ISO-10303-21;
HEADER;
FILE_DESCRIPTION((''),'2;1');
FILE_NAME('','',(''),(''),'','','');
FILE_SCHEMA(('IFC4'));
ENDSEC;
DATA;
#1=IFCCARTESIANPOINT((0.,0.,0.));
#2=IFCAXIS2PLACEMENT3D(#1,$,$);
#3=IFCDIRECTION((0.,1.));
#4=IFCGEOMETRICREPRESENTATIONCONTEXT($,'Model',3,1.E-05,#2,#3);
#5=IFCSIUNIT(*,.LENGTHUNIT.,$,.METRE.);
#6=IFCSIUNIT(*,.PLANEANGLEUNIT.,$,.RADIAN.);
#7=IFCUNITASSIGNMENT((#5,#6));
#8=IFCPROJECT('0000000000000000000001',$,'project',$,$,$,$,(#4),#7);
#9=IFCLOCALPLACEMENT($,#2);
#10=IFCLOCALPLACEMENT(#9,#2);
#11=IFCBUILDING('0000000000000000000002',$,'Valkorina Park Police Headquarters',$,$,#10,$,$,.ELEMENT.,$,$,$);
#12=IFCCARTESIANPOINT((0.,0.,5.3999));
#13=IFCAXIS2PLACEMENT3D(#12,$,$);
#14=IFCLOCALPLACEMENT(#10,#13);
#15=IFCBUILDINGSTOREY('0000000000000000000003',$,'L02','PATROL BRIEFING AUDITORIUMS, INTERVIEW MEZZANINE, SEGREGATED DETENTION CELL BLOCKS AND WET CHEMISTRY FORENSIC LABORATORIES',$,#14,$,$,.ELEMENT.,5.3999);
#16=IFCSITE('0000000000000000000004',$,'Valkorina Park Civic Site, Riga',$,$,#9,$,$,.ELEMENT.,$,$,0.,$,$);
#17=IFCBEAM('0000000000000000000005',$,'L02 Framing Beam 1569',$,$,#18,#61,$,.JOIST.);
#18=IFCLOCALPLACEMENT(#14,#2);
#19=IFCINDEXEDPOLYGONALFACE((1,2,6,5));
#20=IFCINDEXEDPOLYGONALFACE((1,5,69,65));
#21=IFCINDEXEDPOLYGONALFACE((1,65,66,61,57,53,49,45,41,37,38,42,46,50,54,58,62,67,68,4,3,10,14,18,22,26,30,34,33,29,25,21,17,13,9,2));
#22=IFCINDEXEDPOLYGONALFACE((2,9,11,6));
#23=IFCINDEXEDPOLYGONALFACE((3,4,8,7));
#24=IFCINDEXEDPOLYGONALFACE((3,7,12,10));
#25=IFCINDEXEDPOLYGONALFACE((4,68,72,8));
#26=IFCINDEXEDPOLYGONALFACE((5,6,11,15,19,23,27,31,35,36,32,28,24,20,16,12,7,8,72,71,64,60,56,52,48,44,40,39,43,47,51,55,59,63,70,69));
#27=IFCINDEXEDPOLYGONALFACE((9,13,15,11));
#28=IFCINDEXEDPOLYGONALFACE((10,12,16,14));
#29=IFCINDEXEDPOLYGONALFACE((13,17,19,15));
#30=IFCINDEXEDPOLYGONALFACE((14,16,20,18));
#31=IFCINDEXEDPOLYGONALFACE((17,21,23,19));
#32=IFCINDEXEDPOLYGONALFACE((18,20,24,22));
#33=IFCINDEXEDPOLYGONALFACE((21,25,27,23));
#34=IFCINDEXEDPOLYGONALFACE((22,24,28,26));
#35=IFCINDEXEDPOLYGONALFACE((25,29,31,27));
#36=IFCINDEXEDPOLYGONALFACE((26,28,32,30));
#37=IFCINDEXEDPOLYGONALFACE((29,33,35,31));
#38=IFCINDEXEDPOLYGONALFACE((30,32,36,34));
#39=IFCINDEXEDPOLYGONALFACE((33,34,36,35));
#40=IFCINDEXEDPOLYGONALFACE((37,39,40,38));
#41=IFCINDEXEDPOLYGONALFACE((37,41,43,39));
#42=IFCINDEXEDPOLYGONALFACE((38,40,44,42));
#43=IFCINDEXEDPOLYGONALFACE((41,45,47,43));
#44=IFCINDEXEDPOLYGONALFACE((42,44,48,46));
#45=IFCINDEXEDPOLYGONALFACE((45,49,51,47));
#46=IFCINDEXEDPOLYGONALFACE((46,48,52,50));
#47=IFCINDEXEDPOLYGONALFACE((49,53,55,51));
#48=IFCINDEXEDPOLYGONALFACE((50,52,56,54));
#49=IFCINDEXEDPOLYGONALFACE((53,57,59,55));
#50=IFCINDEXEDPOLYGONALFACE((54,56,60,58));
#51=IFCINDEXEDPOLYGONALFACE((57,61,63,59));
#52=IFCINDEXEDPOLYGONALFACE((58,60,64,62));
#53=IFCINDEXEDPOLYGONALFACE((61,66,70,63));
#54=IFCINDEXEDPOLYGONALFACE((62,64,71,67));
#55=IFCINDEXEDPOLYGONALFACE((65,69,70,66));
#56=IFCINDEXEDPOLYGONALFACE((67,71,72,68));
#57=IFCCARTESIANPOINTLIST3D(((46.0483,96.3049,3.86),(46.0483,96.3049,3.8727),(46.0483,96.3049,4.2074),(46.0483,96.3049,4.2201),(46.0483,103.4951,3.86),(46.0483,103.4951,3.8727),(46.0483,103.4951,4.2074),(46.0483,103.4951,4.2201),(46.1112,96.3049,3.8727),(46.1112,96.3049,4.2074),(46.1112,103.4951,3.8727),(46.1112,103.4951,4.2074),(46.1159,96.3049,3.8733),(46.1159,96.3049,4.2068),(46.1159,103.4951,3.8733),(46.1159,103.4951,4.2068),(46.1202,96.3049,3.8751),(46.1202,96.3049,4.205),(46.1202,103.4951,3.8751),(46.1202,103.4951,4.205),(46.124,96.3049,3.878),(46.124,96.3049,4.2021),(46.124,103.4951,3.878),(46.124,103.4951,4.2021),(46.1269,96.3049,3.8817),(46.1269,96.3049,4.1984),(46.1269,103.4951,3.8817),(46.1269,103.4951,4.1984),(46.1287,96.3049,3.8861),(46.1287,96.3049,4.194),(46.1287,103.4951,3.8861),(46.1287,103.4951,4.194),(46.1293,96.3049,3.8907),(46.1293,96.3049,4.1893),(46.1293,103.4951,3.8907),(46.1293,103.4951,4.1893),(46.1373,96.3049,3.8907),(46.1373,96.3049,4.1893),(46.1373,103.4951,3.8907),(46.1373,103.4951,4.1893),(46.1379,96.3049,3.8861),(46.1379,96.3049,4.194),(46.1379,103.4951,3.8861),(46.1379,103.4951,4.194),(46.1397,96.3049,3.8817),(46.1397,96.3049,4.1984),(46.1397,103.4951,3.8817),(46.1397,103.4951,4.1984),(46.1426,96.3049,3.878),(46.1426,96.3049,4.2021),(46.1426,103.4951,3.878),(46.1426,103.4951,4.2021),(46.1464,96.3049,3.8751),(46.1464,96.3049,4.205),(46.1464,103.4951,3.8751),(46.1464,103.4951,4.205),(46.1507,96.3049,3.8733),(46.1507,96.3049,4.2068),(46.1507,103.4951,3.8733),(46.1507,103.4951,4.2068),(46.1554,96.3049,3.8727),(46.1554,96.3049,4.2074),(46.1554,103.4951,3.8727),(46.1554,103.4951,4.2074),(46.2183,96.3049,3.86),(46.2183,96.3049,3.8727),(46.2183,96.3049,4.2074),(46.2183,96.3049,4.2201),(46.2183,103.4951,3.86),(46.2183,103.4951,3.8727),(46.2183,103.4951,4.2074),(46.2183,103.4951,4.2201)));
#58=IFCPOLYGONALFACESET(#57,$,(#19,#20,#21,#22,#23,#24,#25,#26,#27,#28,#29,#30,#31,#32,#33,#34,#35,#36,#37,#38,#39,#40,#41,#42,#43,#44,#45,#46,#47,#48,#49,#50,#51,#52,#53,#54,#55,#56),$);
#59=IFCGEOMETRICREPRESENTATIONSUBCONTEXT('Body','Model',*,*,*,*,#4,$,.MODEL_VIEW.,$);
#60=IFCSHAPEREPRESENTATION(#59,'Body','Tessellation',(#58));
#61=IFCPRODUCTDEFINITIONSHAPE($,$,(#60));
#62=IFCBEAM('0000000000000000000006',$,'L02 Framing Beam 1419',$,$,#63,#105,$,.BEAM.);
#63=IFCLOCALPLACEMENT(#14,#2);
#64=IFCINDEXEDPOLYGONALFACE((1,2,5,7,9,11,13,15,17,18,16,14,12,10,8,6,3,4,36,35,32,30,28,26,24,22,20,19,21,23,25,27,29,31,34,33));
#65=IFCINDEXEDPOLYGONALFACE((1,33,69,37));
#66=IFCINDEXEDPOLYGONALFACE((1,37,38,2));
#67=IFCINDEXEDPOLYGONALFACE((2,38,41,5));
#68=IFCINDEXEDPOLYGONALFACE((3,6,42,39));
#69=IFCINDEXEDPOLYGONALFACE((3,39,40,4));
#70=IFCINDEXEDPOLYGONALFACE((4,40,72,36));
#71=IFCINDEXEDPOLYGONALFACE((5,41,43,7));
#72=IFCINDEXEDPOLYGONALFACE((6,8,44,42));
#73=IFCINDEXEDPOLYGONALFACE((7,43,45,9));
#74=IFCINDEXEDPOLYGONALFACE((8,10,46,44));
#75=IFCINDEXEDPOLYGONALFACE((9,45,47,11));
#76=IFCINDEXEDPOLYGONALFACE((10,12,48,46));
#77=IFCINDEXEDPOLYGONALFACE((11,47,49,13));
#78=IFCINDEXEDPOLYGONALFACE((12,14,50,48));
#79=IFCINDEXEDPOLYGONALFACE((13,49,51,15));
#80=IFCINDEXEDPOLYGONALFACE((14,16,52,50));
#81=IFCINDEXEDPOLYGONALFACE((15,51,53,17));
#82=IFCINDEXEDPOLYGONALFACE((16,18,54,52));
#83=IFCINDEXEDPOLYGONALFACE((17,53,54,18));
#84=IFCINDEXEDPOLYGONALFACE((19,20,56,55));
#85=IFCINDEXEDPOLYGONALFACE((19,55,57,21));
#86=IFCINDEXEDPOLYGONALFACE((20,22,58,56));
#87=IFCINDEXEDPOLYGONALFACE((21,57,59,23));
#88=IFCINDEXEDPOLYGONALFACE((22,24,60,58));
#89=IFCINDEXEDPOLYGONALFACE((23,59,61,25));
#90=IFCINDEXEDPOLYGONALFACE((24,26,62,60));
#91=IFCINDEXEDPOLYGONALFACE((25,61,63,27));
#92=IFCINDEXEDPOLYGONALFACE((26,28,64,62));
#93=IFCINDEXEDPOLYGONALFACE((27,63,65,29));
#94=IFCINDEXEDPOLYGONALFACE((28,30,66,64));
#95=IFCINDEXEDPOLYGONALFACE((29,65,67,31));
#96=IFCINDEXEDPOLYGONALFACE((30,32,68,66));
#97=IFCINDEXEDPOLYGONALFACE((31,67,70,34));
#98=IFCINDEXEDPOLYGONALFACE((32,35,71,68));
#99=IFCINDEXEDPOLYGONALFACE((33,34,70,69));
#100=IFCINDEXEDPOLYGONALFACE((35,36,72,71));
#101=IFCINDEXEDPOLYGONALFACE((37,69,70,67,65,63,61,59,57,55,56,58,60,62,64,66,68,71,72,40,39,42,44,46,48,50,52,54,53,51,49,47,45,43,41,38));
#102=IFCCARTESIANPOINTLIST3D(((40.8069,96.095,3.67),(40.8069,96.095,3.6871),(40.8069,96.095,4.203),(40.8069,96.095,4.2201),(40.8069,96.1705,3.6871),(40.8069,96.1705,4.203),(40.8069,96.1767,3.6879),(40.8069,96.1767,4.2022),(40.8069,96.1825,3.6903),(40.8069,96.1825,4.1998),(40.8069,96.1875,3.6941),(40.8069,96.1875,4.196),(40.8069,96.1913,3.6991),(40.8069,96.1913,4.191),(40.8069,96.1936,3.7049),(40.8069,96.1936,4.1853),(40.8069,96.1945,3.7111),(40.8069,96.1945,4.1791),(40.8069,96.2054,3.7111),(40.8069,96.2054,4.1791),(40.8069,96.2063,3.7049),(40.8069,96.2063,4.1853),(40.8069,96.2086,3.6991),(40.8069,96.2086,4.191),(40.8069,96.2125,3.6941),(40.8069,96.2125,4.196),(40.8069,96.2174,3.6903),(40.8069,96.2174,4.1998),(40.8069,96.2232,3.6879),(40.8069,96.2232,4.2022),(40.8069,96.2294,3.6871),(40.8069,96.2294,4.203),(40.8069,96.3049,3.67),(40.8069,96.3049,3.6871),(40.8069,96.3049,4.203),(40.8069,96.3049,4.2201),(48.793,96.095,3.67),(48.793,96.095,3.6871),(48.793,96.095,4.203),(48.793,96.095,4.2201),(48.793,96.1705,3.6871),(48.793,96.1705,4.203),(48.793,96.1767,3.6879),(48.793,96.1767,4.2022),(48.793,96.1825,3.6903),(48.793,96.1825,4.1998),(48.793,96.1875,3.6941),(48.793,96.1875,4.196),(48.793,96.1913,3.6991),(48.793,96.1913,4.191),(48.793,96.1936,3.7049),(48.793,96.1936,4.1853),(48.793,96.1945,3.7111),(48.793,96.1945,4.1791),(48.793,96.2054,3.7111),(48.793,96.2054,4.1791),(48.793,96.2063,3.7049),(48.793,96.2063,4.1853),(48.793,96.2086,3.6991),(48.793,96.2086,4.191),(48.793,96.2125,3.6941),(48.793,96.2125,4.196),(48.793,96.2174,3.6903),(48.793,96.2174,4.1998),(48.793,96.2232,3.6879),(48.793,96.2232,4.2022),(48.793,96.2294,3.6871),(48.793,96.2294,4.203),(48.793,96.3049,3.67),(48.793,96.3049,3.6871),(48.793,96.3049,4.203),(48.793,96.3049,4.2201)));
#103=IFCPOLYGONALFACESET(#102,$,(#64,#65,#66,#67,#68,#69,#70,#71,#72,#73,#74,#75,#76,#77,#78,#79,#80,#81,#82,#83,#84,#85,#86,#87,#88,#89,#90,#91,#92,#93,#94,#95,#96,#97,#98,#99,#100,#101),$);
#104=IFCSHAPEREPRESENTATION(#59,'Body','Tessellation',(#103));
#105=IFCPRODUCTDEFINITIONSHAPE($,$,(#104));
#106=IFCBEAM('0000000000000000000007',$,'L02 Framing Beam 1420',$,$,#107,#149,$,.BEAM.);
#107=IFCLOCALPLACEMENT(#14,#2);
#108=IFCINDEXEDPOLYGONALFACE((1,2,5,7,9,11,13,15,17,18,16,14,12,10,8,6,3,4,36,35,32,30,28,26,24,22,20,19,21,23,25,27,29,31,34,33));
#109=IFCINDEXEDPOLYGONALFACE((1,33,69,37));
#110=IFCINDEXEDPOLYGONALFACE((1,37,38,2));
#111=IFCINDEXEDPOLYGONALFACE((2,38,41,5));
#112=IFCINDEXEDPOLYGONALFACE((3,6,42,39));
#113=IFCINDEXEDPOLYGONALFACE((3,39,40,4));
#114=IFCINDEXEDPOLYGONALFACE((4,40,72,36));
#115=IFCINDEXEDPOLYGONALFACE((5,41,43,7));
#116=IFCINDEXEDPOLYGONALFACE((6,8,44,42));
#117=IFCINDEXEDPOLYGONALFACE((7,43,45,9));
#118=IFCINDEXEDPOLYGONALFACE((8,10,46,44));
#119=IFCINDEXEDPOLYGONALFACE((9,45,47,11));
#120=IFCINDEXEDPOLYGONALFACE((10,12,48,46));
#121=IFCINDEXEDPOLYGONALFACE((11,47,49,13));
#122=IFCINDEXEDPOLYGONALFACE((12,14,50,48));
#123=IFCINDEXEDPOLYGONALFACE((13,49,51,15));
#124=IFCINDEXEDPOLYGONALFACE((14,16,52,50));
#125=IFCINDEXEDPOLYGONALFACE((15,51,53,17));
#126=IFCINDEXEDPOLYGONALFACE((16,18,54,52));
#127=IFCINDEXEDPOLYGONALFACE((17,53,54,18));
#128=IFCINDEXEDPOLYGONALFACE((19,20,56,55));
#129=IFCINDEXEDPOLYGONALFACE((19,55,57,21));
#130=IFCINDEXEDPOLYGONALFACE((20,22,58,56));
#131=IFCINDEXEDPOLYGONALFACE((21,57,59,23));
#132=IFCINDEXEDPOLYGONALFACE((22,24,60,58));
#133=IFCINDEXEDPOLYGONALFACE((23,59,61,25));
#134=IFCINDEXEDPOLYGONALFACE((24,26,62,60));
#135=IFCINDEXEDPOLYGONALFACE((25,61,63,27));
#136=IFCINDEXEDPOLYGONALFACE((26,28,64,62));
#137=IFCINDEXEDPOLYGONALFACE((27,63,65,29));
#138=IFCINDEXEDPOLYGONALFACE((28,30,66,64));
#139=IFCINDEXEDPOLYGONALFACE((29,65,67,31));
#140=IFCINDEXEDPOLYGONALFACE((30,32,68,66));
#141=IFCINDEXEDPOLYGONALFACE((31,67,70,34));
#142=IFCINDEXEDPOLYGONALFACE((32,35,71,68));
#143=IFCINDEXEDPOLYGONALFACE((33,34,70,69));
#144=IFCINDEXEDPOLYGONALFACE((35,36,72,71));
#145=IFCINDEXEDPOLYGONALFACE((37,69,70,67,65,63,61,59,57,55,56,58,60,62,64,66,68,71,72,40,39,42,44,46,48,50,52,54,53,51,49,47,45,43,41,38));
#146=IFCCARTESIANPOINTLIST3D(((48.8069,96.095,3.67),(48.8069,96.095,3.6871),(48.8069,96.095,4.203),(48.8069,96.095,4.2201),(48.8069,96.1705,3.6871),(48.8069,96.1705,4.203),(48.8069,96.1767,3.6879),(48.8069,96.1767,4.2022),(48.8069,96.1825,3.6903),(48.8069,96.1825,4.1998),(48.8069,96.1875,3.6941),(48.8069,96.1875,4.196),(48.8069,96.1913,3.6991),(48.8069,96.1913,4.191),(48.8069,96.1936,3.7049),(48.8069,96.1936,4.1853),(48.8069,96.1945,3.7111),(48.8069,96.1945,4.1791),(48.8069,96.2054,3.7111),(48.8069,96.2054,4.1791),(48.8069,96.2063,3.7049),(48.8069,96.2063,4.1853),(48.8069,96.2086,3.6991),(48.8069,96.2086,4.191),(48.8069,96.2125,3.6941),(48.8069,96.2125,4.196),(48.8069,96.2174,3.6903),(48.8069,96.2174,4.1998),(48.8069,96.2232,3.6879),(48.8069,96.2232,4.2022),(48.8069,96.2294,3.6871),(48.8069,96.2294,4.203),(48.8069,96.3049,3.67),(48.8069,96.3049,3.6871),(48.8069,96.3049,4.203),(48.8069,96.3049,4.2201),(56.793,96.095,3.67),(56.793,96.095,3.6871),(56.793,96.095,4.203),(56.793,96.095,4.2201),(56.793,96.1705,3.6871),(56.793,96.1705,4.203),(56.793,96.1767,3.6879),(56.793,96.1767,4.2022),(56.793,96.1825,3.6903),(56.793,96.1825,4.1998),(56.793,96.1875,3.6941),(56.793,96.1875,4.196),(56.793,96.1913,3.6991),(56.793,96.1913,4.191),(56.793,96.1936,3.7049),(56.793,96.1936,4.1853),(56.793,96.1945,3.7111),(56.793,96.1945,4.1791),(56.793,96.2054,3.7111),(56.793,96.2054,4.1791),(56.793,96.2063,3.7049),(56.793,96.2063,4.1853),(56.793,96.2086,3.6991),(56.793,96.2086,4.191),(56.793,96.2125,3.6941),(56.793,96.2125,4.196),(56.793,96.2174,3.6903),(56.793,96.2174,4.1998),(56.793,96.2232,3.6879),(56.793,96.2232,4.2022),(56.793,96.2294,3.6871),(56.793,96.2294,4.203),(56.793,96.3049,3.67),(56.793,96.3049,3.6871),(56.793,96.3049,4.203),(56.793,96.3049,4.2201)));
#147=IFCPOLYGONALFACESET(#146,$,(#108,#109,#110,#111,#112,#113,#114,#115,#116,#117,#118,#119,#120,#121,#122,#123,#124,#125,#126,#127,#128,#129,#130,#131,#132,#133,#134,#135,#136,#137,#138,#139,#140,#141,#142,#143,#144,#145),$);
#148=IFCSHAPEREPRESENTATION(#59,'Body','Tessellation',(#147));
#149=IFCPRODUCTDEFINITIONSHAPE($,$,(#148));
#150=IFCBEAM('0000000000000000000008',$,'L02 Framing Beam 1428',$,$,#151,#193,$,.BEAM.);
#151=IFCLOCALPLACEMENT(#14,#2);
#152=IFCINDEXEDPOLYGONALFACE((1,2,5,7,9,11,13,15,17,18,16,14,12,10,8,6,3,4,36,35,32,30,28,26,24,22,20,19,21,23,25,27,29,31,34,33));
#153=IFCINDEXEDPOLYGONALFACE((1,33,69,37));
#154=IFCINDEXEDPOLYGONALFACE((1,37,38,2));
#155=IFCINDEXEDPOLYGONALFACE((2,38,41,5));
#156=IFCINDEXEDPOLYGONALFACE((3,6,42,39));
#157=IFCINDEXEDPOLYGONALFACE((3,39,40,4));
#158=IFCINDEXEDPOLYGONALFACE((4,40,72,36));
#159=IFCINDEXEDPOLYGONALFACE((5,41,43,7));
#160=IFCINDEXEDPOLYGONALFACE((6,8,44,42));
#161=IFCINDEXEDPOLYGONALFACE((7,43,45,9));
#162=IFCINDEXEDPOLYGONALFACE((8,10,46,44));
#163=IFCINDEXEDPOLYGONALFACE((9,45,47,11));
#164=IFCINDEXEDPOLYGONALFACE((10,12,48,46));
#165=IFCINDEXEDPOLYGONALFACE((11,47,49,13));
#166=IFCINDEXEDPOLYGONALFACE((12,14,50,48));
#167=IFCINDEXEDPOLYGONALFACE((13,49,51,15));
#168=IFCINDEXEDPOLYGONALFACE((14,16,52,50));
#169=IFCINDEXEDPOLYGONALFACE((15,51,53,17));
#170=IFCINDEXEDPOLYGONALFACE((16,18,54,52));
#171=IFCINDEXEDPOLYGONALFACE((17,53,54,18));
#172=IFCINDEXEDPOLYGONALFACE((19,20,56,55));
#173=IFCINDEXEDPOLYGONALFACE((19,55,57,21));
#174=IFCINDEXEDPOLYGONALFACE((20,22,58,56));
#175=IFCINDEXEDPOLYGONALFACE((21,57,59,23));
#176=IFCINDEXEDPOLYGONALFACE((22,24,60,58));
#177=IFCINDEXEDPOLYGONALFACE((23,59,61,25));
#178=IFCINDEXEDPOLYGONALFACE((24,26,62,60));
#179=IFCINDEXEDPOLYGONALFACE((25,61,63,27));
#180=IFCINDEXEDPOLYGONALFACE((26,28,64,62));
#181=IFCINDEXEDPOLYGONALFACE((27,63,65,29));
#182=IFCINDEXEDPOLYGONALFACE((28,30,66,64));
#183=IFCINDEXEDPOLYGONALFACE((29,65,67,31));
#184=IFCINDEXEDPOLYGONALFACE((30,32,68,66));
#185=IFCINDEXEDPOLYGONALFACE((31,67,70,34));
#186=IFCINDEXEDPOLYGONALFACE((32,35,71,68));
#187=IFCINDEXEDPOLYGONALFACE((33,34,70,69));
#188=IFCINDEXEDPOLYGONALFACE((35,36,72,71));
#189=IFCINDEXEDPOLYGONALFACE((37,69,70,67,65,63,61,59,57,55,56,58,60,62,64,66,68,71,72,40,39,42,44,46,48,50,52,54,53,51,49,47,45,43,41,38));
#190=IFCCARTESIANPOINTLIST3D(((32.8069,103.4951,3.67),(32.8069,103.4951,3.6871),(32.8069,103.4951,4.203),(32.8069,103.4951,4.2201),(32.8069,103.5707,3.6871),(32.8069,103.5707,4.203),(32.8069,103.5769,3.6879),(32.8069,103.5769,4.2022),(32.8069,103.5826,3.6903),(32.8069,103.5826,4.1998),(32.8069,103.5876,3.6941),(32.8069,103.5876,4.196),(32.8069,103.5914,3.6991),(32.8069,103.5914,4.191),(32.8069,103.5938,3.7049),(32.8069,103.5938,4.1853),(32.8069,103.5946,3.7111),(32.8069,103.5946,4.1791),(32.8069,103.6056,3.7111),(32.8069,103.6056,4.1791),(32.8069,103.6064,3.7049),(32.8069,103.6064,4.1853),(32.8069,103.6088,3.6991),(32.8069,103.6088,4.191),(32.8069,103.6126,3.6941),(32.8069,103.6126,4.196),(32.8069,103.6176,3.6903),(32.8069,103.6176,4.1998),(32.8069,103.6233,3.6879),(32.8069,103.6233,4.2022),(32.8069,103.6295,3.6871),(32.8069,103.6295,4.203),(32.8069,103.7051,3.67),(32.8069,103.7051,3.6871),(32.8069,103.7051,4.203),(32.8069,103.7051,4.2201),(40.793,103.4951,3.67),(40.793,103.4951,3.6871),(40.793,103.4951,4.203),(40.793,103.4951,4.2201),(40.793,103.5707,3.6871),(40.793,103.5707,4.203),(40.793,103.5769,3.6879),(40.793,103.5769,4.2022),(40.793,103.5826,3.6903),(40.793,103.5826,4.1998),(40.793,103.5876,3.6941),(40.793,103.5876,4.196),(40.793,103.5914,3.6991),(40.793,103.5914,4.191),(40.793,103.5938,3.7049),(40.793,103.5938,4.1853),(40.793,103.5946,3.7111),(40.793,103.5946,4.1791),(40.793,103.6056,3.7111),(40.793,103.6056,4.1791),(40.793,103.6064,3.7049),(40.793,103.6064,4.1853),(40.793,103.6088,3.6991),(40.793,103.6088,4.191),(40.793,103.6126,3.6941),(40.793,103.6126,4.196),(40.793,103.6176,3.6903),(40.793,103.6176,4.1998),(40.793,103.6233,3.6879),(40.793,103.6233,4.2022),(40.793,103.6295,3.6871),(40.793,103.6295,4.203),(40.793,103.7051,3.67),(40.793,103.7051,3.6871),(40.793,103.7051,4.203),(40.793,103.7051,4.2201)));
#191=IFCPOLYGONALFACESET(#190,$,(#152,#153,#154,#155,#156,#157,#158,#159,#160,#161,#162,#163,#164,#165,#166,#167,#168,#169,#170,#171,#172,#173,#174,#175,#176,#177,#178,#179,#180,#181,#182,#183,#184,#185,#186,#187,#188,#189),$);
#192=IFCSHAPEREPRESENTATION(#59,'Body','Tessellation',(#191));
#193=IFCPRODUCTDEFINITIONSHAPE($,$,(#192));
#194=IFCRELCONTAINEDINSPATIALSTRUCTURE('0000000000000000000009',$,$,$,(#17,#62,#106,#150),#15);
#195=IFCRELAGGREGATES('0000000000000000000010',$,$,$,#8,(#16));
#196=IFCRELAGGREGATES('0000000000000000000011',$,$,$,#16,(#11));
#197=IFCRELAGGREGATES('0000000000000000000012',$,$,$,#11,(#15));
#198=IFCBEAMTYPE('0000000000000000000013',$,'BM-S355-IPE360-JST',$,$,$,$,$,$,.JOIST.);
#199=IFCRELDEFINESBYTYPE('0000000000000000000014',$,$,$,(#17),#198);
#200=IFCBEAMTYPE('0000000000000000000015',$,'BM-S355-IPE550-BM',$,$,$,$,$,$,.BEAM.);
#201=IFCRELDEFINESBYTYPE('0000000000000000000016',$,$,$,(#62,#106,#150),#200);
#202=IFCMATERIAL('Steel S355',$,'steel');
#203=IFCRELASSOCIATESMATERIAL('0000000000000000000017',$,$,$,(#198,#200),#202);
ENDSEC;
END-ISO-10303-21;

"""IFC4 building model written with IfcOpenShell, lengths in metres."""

from ifc_helpers import new_model, si_unit, direction, frame, origin, origin_2d, place, context, subcontext, project, spatial, i_section, extrude, material, material_profile, profile_set, type_object, element, save


model = new_model("IFC4")

# Units and contexts
model_context = context("Model", 3, precision=1e-05, world=origin(), true_north=direction((0.0, 1.0)))
body_context = subcontext(model_context, "Body", "Model", "MODEL_VIEW")
ifc_project = project(units=[si_unit("LENGTHUNIT", "METRE"), si_unit("PLANEANGLEUNIT", "RADIAN")], contexts=[model_context])

# Site, building, storey
site_placement = place(None, origin())
site = spatial("IfcSite", under=ifc_project, at=site_placement, Name="Valkorina Park Civic Site, Riga", CompositionType="ELEMENT", RefElevation=0.0)
building_placement = place(site_placement, origin())
building = spatial("IfcBuilding", under=site, at=building_placement, Name="Valkorina Park Police Headquarters", CompositionType="ELEMENT")
storey_placement = place(building_placement, frame((0.0, 0.0, 5.3999)))
storey = spatial("IfcBuildingStorey", under=building, at=storey_placement, Name="L02", Description="PATROL BRIEFING AUDITORIUMS, INTERVIEW MEZZANINE, SEGREGATED DETENTION CELL BLOCKS AND WET CHEMISTRY FORENSIC LABORATORIES", CompositionType="ELEMENT", Elevation=5.3999)

# Shared definitions
ifc_material_1 = material(Name="Steel S355", Category="steel")

# Beams
ifc_material_profile_1 = material_profile(ifc_material_1, i_section(OverallWidth=0.1699, OverallDepth=0.3601, WebThickness=0.0081, FlangeThickness=0.0127, FilletRadius=0.0181, at=origin_2d()), Name="IPE 360")
ifc_profile_set_1 = profile_set([ifc_material_profile_1], Name="Steel S355")
beam_type_1 = type_object("IfcBeamType", Name="BM-S355-IPE360-JST", PredefinedType="JOIST", material=ifc_profile_set_1)
for number, where, z_axis, x_axis, name in (
    (1, (46.1333, 96.3049, 4.04), (0.0, 1.0, 0.0), (-1.0, 0.0, 0.0), "L02 Framing Beam 1569"),
):
    element("IfcBeam", number, at=place(storey_placement, frame(where, z_axis=z_axis, x_axis=x_axis)), inside=storey, type_object=beam_type_1, Name=name, PredefinedType="JOIST", context=body_context, shape_type="SweptSolid", body=[
        extrude(i_section(OverallWidth=0.1699, OverallDepth=0.3601, WebThickness=0.0081, FlangeThickness=0.0127, FilletRadius=0.0181, at=origin_2d()), origin(), (0.0, 0.0, 1.0), 7.1902),
    ])
ifc_material_profile_2 = material_profile(ifc_material_1, i_section(OverallWidth=0.21, OverallDepth=0.55, WebThickness=0.011, FlangeThickness=0.0171, FilletRadius=0.0239, at=origin_2d()), Name="IPE 550")
ifc_profile_set_2 = profile_set([ifc_material_profile_2], Name="Steel S355")
beam_type_2 = type_object("IfcBeamType", Name="BM-S355-IPE550-BM", PredefinedType="BEAM", material=ifc_profile_set_2)
for number, where, z_axis, x_axis, name in (
    (2, (40.8069, 96.2, 3.9451), (1.0, 0.0, 0.0), (0.0, 1.0, 0.0), "L02 Framing Beam 1419"),
    (3, (48.8069, 96.2, 3.9451), (1.0, 0.0, 0.0), (0.0, 1.0, 0.0), "L02 Framing Beam 1420"),
    (4, (32.8069, 103.6001, 3.9451), (1.0, 0.0, 0.0), (0.0, 1.0, 0.0), "L02 Framing Beam 1428"),
):
    element("IfcBeam", number, at=place(storey_placement, frame(where, z_axis=z_axis, x_axis=x_axis)), inside=storey, type_object=beam_type_2, Name=name, PredefinedType="BEAM", context=body_context, shape_type="SweptSolid", body=[
        extrude(i_section(OverallWidth=0.21, OverallDepth=0.55, WebThickness=0.011, FlangeThickness=0.0171, FilletRadius=0.0239, at=origin_2d()), origin(), (0.0, 0.0, 1.0), 7.9861),
    ])

save(model, "model.ifc")
